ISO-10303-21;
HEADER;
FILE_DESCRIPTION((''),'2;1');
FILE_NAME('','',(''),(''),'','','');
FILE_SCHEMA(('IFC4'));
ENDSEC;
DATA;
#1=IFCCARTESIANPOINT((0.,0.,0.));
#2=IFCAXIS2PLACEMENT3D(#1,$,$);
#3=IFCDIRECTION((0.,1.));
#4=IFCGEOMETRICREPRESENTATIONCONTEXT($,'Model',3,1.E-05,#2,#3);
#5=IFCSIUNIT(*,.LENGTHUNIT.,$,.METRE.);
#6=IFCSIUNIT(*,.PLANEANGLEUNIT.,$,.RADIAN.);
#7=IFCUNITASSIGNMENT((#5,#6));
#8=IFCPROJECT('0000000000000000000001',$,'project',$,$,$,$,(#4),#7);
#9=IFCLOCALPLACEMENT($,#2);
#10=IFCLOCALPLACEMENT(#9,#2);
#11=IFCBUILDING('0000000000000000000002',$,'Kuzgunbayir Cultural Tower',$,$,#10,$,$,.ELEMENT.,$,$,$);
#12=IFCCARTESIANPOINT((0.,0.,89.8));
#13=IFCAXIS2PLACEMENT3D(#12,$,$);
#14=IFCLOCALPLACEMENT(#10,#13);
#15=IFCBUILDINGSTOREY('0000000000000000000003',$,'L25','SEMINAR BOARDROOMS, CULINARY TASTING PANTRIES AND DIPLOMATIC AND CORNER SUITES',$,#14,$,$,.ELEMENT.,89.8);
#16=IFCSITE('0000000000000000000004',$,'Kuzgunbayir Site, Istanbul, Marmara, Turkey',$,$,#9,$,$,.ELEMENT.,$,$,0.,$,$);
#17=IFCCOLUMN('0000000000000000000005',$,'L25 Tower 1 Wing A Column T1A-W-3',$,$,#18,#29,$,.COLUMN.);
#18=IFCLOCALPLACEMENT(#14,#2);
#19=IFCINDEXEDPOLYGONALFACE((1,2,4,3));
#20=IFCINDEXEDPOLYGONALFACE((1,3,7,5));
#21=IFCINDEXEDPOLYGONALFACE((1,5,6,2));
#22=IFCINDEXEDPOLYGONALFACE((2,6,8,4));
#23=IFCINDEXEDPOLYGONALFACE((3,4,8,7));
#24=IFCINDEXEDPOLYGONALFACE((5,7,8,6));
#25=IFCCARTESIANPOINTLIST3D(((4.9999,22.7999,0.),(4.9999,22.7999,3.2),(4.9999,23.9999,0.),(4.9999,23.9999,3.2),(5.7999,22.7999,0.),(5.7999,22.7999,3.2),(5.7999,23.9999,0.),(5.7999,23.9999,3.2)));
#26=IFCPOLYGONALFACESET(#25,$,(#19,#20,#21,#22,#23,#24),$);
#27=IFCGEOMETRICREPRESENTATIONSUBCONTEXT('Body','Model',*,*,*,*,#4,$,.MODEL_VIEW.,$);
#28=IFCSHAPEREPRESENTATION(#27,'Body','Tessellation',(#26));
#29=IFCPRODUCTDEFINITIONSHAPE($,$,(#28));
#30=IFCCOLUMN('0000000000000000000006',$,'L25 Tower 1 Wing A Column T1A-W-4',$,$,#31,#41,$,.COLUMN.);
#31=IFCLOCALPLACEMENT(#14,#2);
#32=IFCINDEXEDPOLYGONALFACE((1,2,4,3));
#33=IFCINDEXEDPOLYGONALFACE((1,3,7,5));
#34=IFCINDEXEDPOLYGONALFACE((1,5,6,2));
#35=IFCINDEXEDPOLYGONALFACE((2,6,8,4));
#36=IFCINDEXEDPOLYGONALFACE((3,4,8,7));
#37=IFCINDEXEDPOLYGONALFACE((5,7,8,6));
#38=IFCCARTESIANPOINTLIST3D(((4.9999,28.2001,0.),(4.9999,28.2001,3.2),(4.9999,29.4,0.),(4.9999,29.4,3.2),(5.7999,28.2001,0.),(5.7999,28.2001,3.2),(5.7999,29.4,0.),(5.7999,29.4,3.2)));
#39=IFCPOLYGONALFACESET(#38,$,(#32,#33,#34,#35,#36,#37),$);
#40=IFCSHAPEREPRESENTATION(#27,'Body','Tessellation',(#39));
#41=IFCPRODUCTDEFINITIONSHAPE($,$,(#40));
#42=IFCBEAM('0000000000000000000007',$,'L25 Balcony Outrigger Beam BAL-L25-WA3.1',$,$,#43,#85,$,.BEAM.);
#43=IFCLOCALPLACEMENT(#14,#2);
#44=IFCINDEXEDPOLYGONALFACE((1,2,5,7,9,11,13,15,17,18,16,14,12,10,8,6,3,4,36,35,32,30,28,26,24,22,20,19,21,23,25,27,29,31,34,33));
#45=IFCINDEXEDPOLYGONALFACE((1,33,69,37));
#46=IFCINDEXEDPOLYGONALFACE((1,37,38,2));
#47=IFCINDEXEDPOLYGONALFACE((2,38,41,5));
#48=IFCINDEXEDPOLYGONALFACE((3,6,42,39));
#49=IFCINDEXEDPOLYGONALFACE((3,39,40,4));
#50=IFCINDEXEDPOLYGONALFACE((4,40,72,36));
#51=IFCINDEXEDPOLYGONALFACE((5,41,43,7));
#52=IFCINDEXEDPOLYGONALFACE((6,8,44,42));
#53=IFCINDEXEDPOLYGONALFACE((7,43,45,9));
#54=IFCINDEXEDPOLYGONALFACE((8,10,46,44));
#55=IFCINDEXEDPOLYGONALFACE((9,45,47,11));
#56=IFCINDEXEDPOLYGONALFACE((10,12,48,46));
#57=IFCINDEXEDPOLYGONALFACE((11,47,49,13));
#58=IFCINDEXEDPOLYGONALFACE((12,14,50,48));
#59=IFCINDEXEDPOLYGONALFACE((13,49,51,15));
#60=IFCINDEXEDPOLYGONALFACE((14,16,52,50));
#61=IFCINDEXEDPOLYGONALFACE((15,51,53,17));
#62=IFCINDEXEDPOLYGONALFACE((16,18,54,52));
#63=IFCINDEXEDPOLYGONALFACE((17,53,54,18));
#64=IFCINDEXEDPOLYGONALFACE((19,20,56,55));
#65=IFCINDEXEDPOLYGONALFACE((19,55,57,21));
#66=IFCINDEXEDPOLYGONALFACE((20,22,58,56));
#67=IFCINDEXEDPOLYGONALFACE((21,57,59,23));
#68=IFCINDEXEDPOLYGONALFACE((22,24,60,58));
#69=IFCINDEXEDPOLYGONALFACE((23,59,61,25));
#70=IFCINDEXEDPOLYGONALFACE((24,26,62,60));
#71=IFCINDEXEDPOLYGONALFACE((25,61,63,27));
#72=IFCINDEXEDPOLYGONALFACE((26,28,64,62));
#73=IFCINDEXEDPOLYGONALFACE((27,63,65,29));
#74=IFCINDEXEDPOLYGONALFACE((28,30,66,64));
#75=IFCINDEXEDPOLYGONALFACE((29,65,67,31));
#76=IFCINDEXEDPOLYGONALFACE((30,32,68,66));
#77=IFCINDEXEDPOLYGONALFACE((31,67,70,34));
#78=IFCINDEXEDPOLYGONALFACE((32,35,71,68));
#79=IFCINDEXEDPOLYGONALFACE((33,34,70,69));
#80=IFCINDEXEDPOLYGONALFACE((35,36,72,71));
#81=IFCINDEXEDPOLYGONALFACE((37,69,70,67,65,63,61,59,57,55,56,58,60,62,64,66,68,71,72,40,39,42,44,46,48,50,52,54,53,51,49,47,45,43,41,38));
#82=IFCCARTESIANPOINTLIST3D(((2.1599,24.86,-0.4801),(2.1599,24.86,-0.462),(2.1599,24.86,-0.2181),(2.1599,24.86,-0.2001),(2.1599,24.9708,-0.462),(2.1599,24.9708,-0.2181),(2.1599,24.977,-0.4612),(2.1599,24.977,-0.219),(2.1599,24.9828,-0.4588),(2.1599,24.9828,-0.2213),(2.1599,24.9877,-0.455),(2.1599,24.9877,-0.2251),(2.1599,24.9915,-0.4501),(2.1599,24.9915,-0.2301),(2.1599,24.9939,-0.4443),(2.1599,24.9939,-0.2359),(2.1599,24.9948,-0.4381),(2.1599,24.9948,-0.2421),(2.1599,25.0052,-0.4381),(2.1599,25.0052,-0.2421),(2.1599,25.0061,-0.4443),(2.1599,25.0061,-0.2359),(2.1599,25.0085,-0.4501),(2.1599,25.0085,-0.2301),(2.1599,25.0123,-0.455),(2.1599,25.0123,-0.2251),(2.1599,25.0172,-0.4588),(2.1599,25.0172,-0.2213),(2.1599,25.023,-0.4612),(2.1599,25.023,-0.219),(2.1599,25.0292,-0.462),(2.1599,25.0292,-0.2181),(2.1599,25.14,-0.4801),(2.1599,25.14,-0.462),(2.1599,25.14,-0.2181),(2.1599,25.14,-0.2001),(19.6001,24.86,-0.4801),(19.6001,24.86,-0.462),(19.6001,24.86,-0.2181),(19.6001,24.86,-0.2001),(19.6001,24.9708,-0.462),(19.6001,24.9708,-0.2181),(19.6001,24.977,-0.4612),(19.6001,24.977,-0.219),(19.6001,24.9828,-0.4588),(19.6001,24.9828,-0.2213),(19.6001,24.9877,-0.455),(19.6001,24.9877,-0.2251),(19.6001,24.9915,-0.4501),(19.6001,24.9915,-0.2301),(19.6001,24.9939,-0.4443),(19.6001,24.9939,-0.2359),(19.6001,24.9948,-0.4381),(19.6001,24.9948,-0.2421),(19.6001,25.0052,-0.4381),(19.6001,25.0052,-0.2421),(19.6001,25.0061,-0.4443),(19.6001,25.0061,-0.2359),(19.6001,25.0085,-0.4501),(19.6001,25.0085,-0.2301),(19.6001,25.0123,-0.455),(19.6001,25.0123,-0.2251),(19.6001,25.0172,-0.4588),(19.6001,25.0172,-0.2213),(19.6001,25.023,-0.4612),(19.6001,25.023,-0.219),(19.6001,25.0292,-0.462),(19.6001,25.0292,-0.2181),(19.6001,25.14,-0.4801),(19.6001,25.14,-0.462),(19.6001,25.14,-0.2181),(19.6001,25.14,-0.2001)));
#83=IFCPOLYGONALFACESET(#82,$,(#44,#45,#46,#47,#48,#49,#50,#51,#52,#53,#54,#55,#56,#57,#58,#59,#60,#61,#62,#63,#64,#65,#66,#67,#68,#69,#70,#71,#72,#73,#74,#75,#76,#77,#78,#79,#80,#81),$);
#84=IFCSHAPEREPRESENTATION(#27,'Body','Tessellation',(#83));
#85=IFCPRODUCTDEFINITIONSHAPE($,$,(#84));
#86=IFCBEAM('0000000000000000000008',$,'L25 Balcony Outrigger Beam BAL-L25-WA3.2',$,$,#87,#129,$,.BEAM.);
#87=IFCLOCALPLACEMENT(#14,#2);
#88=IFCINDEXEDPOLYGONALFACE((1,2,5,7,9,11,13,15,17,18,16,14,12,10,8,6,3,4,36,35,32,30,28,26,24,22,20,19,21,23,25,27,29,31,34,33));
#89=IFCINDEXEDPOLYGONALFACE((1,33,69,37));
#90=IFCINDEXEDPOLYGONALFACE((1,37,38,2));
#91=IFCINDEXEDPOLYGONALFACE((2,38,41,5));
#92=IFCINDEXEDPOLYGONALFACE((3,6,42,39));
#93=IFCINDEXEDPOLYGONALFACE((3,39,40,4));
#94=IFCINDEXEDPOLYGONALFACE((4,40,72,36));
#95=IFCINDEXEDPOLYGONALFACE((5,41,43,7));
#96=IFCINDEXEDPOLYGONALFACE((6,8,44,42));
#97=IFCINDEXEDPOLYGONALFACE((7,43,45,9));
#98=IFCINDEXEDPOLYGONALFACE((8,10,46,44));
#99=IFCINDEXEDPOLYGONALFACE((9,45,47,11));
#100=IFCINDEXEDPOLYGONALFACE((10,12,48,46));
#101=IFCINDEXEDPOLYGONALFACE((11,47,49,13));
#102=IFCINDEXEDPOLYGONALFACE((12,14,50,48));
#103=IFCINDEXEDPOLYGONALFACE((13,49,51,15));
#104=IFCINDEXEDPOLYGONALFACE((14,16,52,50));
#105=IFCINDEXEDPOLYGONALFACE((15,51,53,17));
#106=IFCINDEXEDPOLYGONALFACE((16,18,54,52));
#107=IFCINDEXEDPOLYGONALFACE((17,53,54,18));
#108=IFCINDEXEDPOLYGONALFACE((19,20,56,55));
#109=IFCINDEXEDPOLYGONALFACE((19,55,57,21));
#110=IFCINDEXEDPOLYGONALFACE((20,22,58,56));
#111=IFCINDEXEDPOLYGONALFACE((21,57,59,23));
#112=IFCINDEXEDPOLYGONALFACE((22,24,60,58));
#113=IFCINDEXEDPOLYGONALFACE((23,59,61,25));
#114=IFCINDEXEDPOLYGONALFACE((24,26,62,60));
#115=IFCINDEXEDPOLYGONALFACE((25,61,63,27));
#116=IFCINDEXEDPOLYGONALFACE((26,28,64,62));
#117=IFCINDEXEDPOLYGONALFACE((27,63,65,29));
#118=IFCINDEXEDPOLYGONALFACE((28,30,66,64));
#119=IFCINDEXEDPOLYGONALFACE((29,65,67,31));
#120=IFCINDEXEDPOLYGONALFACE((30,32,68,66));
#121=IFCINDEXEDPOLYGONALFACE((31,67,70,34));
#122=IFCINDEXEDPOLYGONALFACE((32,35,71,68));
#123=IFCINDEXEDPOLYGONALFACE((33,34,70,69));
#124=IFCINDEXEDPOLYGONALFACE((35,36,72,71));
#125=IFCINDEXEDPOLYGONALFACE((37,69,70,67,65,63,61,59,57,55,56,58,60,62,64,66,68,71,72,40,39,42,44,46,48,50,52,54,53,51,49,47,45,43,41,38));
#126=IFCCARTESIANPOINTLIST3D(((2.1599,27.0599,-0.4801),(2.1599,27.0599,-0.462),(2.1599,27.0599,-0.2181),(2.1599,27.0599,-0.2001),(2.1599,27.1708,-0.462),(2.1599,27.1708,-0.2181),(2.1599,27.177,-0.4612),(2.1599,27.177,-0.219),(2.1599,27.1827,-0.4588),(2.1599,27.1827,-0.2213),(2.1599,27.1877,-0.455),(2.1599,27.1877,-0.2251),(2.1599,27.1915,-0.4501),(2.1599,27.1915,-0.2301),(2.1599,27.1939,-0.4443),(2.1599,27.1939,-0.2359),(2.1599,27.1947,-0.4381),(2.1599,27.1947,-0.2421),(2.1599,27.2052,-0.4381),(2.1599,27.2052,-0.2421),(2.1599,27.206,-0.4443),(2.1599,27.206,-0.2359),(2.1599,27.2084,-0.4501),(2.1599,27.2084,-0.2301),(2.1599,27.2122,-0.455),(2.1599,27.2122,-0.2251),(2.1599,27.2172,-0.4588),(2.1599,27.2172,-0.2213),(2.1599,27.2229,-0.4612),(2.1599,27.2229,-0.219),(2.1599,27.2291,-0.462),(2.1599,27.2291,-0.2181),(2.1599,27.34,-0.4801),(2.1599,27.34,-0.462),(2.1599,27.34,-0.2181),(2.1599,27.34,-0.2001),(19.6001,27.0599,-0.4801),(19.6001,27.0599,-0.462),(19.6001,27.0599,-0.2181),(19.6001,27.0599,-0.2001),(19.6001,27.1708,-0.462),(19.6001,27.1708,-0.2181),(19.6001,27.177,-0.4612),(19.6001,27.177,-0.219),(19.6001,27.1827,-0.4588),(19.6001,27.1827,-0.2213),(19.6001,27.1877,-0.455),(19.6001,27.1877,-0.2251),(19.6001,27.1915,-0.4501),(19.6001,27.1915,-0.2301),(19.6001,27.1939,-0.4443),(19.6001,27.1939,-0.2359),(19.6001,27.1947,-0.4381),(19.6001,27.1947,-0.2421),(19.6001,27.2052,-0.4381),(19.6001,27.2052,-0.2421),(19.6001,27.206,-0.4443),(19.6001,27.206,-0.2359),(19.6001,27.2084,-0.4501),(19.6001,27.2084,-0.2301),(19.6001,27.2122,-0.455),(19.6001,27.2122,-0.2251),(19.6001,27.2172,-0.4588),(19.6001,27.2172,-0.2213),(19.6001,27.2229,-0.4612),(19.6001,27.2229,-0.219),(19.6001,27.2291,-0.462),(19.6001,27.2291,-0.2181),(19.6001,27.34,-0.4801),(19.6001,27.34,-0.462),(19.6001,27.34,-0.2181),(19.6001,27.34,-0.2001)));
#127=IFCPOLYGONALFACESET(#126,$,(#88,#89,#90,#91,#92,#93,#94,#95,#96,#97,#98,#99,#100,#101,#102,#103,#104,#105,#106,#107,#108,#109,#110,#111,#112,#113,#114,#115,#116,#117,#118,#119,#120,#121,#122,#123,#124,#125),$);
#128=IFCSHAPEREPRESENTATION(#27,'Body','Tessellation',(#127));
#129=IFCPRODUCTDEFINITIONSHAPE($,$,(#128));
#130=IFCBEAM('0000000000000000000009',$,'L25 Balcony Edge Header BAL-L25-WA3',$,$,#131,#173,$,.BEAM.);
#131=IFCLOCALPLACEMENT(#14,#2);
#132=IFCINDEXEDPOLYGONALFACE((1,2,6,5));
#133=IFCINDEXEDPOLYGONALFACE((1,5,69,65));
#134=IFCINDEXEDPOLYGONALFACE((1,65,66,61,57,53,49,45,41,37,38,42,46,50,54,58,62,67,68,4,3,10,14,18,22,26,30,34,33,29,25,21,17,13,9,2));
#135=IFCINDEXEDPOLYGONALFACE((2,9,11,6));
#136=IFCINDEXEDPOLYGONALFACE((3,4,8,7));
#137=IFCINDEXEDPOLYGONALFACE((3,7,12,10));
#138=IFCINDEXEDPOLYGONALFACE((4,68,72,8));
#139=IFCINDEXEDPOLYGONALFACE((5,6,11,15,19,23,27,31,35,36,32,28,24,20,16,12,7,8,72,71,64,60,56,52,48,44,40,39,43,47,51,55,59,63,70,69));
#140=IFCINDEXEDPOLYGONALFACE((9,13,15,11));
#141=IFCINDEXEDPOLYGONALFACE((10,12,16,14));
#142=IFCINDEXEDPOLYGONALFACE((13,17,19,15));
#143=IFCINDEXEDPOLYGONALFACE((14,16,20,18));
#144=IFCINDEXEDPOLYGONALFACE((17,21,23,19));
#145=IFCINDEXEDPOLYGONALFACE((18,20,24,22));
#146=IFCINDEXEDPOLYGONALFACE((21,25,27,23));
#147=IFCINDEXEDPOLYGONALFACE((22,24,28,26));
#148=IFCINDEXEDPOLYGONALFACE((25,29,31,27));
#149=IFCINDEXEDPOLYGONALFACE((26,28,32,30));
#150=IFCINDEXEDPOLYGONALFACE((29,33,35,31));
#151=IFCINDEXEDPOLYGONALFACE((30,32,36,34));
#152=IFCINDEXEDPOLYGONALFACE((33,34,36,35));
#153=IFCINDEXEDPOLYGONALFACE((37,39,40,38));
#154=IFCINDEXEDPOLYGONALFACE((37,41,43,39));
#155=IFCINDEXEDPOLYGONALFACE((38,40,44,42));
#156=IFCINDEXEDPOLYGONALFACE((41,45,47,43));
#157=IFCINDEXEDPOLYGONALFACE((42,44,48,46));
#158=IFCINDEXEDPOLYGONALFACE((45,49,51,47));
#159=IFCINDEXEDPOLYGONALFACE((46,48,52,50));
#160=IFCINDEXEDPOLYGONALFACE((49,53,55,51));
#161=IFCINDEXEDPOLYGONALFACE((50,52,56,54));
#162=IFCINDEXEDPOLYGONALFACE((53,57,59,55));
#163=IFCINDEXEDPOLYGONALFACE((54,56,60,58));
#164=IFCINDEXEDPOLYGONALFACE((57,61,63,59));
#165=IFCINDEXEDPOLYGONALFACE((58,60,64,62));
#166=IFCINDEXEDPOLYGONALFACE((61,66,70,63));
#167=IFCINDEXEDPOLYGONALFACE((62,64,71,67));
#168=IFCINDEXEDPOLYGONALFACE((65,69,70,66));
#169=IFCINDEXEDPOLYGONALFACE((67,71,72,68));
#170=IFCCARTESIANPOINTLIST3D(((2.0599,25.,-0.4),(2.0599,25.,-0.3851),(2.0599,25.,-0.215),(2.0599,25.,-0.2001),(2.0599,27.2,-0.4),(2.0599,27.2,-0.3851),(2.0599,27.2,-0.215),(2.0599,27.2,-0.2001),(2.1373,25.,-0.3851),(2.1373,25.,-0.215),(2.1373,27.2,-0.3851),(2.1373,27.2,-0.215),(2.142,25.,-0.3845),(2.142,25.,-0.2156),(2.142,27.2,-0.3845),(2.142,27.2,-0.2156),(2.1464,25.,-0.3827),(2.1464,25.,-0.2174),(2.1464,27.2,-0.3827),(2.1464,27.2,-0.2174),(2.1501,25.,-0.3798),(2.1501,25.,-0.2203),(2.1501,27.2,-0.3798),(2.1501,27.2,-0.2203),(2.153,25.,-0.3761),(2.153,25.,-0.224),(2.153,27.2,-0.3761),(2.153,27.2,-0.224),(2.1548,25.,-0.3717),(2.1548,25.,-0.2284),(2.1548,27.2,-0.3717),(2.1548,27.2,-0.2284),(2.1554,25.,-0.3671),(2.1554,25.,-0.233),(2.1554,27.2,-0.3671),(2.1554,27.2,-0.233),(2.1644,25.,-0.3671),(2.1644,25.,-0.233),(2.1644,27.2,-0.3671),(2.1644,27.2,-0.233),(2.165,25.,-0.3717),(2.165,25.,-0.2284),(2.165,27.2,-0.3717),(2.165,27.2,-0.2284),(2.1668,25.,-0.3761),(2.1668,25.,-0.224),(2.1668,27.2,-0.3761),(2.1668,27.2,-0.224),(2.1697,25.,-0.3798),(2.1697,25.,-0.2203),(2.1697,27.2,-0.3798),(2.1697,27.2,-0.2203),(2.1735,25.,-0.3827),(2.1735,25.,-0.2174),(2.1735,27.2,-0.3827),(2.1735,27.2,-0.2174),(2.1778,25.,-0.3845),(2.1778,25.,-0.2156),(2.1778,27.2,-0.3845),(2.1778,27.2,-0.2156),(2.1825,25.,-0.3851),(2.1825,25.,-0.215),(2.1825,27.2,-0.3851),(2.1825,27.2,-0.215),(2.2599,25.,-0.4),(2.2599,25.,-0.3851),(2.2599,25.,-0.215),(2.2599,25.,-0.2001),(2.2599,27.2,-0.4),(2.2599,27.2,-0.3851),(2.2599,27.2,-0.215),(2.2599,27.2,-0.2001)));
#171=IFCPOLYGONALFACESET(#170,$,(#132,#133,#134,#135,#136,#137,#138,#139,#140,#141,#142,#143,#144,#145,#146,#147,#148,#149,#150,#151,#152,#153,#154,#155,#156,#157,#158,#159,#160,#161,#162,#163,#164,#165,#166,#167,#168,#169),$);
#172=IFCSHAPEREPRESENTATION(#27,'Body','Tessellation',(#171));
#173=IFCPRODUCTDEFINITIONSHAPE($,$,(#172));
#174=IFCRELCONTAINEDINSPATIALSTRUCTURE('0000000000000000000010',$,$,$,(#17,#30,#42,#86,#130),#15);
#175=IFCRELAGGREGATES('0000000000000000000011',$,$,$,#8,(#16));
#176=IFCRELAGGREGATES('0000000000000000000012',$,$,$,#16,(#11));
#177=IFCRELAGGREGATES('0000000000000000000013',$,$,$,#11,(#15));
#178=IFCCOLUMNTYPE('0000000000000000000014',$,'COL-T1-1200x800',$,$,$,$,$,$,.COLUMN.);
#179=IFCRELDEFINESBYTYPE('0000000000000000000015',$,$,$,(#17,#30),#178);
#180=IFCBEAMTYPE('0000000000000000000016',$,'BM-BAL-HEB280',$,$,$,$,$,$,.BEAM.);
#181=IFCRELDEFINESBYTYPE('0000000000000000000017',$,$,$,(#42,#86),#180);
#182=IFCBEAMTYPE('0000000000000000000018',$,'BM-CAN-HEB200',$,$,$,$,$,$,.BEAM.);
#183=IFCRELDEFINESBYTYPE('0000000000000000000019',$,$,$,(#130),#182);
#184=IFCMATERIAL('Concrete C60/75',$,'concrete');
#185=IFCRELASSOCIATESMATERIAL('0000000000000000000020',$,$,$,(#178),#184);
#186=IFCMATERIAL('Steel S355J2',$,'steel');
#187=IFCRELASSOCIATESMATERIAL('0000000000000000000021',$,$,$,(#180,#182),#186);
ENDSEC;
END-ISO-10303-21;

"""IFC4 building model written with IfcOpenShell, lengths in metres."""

from ifc_helpers import new_model, si_unit, direction, frame, origin, origin_2d, place, context, subcontext, project, spatial, rectangle, i_section, extrude, material, material_profile, profile_set, type_object, element, save


model = new_model("IFC4")

# Units and contexts
model_context = context("Model", 3, precision=1e-05, world=origin(), true_north=direction((0.0, 1.0)))
body_context = subcontext(model_context, "Body", "Model", "MODEL_VIEW")
ifc_project = project(units=[si_unit("LENGTHUNIT", "METRE"), si_unit("PLANEANGLEUNIT", "RADIAN")], contexts=[model_context])

# Site, building, storey
site_placement = place(None, origin())
site = spatial("IfcSite", under=ifc_project, at=site_placement, Name="Kuzgunbayir Site, Istanbul, Marmara, Turkey", CompositionType="ELEMENT", RefElevation=0.0)
building_placement = place(site_placement, origin())
building = spatial("IfcBuilding", under=site, at=building_placement, Name="Kuzgunbayir Cultural Tower", CompositionType="ELEMENT")
storey_placement = place(building_placement, frame((0.0, 0.0, 89.8)))
storey = spatial("IfcBuildingStorey", under=building, at=storey_placement, Name="L25", Description="SEMINAR BOARDROOMS, CULINARY TASTING PANTRIES AND DIPLOMATIC AND CORNER SUITES", CompositionType="ELEMENT", Elevation=89.8)

# Columns
ifc_material_1 = material(Name="Concrete C60/75", Category="concrete")
ifc_material_profile_1 = material_profile(ifc_material_1, rectangle(XDim=0.8, YDim=1.2, at=origin_2d()), Name="RC 1200x800")
ifc_profile_set_1 = profile_set([ifc_material_profile_1], Name="Concrete C60/75")
column_type = type_object("IfcColumnType", Name="COL-T1-1200x800", PredefinedType="COLUMN", material=ifc_profile_set_1)
for number, where, z_axis, x_axis, name in (
    (1, (5.3999, 23.3999, 0.0), (0.0, 0.0, 1.0), (1.0, 0.0, 0.0), "L25 Tower 1 Wing A Column T1A-W-3"),
    (2, (5.3999, 28.8, 0.0), (0.0, 0.0, 1.0), (1.0, 0.0, 0.0), "L25 Tower 1 Wing A Column T1A-W-4"),
):
    element("IfcColumn", number, at=place(storey_placement, frame(where, z_axis=z_axis, x_axis=x_axis)), inside=storey, type_object=column_type, Name=name, PredefinedType="COLUMN", context=body_context, shape_type="SweptSolid", body=[
        extrude(rectangle(XDim=0.8, YDim=1.2, at=origin_2d()), origin(), (0.0, 0.0, 1.0), 3.2),
    ])

# Beams
ifc_material_2 = material(Name="Steel S355J2", Category="steel")
ifc_material_profile_2 = material_profile(ifc_material_2, i_section(OverallWidth=0.28, OverallDepth=0.28, WebThickness=0.0105, FlangeThickness=0.0181, FilletRadius=0.0239, at=origin_2d()), Name="HEB 280")
ifc_profile_set_2 = profile_set([ifc_material_profile_2], Name="Steel S355J2")
beam_type_1 = type_object("IfcBeamType", Name="BM-BAL-HEB280", PredefinedType="BEAM", material=ifc_profile_set_2)
for number, where, z_axis, x_axis, name in (
    (3, (2.1599, 25.0, -0.3401), (1.0, 0.0, 0.0), (0.0, 1.0, 0.0), "L25 Balcony Outrigger Beam BAL-L25-WA3.1"),
    (4, (2.1599, 27.2, -0.3401), (1.0, 0.0, 0.0), (0.0, 1.0, 0.0), "L25 Balcony Outrigger Beam BAL-L25-WA3.2"),
):
    element("IfcBeam", number, at=place(storey_placement, frame(where, z_axis=z_axis, x_axis=x_axis)), inside=storey, type_object=beam_type_1, Name=name, PredefinedType="BEAM", context=body_context, shape_type="SweptSolid", body=[
        extrude(i_section(OverallWidth=0.28, OverallDepth=0.28, WebThickness=0.0105, FlangeThickness=0.0181, FilletRadius=0.0239, at=origin_2d()), origin(), (0.0, 0.0, 1.0), 17.4402),
    ])
ifc_material_profile_3 = material_profile(ifc_material_2, i_section(OverallWidth=0.2, OverallDepth=0.2, WebThickness=0.009, FlangeThickness=0.0149, FilletRadius=0.0181, at=origin_2d()), Name="HEB 200")
ifc_profile_set_3 = profile_set([ifc_material_profile_3], Name="Steel S355J2")
beam_type_2 = type_object("IfcBeamType", Name="BM-CAN-HEB200", PredefinedType="BEAM", material=ifc_profile_set_3)
beam_1_placement = place(storey_placement, frame((2.1599, 25.0, -0.3), z_axis=(0.0, 1.0, 0.0), x_axis=(-1.0, 0.0, 0.0)))
element("IfcBeam", 5, at=beam_1_placement, inside=storey, type_object=beam_type_2, Name="L25 Balcony Edge Header BAL-L25-WA3", PredefinedType="BEAM", context=body_context, shape_type="SweptSolid", body=[
    extrude(i_section(OverallWidth=0.2, OverallDepth=0.2, WebThickness=0.009, FlangeThickness=0.0149, FilletRadius=0.0181, at=origin_2d()), origin(), (0.0, 0.0, 1.0), 2.2),
])

save(model, "model.ifc")
